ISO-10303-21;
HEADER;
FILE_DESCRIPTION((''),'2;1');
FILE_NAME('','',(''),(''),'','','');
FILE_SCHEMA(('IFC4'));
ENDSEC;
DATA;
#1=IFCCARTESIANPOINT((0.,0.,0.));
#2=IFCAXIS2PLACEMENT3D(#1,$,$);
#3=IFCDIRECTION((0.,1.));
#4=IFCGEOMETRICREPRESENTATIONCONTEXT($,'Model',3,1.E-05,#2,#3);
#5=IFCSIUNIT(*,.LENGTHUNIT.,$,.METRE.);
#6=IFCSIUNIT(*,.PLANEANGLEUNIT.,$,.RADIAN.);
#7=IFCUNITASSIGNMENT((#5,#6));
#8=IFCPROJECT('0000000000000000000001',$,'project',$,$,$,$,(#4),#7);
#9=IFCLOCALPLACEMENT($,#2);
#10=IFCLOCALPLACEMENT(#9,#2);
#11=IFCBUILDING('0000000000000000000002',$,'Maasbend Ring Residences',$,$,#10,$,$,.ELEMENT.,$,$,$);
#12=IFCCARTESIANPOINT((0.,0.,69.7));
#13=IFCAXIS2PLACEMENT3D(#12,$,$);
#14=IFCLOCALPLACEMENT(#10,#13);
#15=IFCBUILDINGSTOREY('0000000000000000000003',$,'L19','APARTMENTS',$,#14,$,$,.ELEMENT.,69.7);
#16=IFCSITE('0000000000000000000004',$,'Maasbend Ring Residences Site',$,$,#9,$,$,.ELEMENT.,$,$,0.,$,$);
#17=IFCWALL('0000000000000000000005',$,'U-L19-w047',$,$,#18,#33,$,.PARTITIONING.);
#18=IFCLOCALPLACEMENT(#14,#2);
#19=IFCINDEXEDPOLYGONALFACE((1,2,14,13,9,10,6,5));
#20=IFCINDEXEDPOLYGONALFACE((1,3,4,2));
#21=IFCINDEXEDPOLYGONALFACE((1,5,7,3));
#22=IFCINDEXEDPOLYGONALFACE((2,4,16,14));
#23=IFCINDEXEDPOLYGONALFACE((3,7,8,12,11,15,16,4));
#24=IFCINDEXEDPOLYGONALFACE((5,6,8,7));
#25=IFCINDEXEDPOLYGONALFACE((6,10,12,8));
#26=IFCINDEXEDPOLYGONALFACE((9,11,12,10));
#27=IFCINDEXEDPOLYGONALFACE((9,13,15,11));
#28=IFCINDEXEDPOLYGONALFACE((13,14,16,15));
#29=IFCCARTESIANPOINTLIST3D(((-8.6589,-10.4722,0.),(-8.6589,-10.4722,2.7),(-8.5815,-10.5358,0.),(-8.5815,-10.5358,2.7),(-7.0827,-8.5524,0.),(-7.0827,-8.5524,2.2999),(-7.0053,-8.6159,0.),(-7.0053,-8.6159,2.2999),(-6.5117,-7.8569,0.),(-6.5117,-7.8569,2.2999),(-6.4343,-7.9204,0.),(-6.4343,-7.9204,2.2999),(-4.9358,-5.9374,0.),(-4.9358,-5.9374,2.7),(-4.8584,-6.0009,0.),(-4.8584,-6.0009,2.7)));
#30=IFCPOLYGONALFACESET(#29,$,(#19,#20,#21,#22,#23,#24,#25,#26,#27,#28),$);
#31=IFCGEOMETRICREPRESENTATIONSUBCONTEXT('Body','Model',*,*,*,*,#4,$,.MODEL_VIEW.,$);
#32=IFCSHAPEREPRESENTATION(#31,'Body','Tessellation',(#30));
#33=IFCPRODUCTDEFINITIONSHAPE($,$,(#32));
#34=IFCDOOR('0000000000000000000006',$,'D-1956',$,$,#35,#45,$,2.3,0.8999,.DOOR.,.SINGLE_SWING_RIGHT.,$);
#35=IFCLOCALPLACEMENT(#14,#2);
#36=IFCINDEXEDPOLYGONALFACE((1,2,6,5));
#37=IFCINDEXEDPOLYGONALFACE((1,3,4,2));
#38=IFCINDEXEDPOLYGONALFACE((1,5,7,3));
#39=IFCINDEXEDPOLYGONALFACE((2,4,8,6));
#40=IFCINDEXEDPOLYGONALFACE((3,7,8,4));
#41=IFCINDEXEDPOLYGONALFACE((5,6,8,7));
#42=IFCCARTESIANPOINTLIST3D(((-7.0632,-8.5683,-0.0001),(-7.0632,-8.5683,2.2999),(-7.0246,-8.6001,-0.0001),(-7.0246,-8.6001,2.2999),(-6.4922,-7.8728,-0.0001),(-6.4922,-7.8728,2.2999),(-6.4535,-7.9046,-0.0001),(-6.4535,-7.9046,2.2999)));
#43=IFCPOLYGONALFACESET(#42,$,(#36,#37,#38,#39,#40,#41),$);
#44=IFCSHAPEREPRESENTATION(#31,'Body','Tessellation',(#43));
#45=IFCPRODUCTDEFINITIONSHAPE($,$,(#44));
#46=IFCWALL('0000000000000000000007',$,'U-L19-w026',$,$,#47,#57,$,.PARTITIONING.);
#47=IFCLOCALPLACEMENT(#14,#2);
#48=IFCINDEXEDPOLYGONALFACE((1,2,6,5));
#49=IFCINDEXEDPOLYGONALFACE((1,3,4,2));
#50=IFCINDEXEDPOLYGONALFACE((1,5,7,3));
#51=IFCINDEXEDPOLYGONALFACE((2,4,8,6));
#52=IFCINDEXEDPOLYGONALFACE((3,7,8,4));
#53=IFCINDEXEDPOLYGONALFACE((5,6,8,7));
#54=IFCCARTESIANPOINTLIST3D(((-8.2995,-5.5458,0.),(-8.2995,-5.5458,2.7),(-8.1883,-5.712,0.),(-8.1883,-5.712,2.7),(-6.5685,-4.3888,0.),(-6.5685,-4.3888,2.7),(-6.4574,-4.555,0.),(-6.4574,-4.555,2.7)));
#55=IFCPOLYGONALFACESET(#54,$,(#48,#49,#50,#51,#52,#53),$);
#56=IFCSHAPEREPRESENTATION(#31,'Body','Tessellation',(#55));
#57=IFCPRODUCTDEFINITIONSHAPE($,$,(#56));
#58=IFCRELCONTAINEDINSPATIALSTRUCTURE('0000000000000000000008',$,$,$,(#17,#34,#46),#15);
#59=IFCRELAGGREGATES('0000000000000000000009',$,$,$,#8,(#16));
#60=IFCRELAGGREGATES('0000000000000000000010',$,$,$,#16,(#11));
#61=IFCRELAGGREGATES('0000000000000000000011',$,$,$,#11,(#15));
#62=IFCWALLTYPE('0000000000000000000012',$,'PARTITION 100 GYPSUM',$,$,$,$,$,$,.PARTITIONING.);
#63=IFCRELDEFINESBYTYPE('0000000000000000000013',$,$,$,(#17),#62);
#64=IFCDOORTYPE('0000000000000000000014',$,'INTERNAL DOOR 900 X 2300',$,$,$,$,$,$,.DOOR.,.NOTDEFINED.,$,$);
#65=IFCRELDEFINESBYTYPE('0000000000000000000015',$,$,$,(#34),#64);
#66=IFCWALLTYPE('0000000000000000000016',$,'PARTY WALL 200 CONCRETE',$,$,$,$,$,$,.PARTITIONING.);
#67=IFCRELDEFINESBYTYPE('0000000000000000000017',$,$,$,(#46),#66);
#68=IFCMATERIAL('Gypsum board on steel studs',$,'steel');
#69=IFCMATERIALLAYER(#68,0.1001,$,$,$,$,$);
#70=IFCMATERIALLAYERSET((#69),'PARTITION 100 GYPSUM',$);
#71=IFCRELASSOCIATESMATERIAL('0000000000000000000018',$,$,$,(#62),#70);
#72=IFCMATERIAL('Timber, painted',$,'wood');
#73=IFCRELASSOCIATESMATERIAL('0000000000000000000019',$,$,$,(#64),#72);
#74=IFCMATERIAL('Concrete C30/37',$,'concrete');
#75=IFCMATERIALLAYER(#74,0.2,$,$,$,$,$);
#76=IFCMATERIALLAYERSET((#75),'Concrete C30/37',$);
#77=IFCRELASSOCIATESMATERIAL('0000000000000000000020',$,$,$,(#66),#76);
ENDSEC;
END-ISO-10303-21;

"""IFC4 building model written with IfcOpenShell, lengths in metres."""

from ifc_helpers import new_model, si_unit, direction, frame, frame_2d, origin, place, context, subcontext, project, spatial, rectangle, extrude, material, layer, layer_set, type_object, element, fill, save


model = new_model("IFC4")

# Units and contexts
model_context = context("Model", 3, precision=1e-05, world=origin(), true_north=direction((0.0, 1.0)))
body_context = subcontext(model_context, "Body", "Model", "MODEL_VIEW")
ifc_project = project(units=[si_unit("LENGTHUNIT", "METRE"), si_unit("PLANEANGLEUNIT", "RADIAN")], contexts=[model_context])

# Site, building, storey
site_placement = place(None, origin())
site = spatial("IfcSite", under=ifc_project, at=site_placement, Name="Maasbend Ring Residences Site", CompositionType="ELEMENT", RefElevation=0.0)
building_placement = place(site_placement, origin())
building = spatial("IfcBuilding", under=site, at=building_placement, Name="Maasbend Ring Residences", CompositionType="ELEMENT")
storey_placement = place(building_placement, frame((0.0, 0.0, 69.7)))
storey = spatial("IfcBuildingStorey", under=building, at=storey_placement, Name="L19", Description="APARTMENTS", CompositionType="ELEMENT", Elevation=69.7)

# Shared definitions
ifc_material_1 = material(Name="Gypsum board on steel studs", Category="steel")
ifc_layer_1 = layer(ifc_material_1, 0.1001)
ifc_layer_set_1 = layer_set([ifc_layer_1], Name="PARTITION 100 GYPSUM")
wall_type_1 = type_object("IfcWallType", Name="PARTITION 100 GYPSUM", PredefinedType="PARTITIONING", material=ifc_layer_set_1)
ifc_material_2 = material(Name="Timber, painted", Category="wood")
door_type_1 = type_object("IfcDoorType", Name="INTERNAL DOOR 900 X 2300", OperationType="NOTDEFINED", PredefinedType="DOOR", material=ifc_material_2)

# Wall, opening, door
wall_1_placement = place(storey_placement, frame((-8.6201, -10.5039, 0.0), z_axis=(0.0, 0.0, 1.0), x_axis=(0.63454, 0.77289, 0.0)))
wall_1 = element("IfcWall", 1, at=wall_1_placement, inside=storey, type_object=wall_type_1, Name="U-L19-w047", PredefinedType="PARTITIONING", context=body_context, shape_type="SweptSolid", body=[
    extrude(rectangle(XDim=5.8674, YDim=0.1001, at=frame_2d((2.9336, 0.0))), origin(), (0.0, 0.0, 1.0), 2.7),
])
opening_1_placement = place(wall_1_placement, frame((2.4839, 0.0, 0.0)))
opening_1 = element("IfcOpeningElement", 2, at=opening_1_placement, cuts=wall_1, PredefinedType="OPENING", context=body_context, shape_type="SweptSolid", body=[
    extrude(rectangle(XDim=0.8999, YDim=2.3, at=frame_2d((0.45, 1.1499))), frame((0.0, 0.0601, 0.0), z_axis=(0.0, -1.0, 0.0), x_axis=(1.0, 0.0, 0.0)), (0.0, 0.0, 1.0), 0.1201),
])
door_1_placement = place(opening_1_placement, origin())
door_1 = element("IfcDoor", 3, at=door_1_placement, inside=storey, type_object=door_type_1, Name="D-1956", OperationType="SINGLE_SWING_RIGHT", OverallHeight=2.3, OverallWidth=0.8999, PredefinedType="DOOR", context=body_context, shape_type="SweptSolid", body=[
    extrude(rectangle(XDim=0.8999, YDim=2.3, at=frame_2d((0.45, 1.1499))), frame((0.0, 0.0249, 0.0), z_axis=(0.0, -1.0, 0.0), x_axis=(1.0, 0.0, 0.0)), (0.0, 0.0, 1.0), 0.05),
])
fill(opening_1, door_1)

# Wall
ifc_material_3 = material(Name="Concrete C30/37", Category="concrete")
ifc_layer_2 = layer(ifc_material_3, 0.2)
ifc_layer_set_2 = layer_set([ifc_layer_2], Name="Concrete C30/37")
wall_type_2 = type_object("IfcWallType", Name="PARTY WALL 200 CONCRETE", PredefinedType="PARTITIONING", material=ifc_layer_set_2)
wall_2_placement = place(storey_placement, frame((-6.5129, -4.4719, 0.0), z_axis=(0.0, 0.0, 1.0), x_axis=(-0.831382, -0.555701, 0.0)))
element("IfcWall", 4, at=wall_2_placement, inside=storey, type_object=wall_type_2, Name="U-L19-w026", PredefinedType="PARTITIONING", context=body_context, shape_type="SweptSolid", body=[
    extrude(rectangle(XDim=2.082, YDim=0.2, at=frame_2d((1.041, 0.0))), origin(), (0.0, 0.0, 1.0), 2.7),
])

save(model, "model.ifc")
